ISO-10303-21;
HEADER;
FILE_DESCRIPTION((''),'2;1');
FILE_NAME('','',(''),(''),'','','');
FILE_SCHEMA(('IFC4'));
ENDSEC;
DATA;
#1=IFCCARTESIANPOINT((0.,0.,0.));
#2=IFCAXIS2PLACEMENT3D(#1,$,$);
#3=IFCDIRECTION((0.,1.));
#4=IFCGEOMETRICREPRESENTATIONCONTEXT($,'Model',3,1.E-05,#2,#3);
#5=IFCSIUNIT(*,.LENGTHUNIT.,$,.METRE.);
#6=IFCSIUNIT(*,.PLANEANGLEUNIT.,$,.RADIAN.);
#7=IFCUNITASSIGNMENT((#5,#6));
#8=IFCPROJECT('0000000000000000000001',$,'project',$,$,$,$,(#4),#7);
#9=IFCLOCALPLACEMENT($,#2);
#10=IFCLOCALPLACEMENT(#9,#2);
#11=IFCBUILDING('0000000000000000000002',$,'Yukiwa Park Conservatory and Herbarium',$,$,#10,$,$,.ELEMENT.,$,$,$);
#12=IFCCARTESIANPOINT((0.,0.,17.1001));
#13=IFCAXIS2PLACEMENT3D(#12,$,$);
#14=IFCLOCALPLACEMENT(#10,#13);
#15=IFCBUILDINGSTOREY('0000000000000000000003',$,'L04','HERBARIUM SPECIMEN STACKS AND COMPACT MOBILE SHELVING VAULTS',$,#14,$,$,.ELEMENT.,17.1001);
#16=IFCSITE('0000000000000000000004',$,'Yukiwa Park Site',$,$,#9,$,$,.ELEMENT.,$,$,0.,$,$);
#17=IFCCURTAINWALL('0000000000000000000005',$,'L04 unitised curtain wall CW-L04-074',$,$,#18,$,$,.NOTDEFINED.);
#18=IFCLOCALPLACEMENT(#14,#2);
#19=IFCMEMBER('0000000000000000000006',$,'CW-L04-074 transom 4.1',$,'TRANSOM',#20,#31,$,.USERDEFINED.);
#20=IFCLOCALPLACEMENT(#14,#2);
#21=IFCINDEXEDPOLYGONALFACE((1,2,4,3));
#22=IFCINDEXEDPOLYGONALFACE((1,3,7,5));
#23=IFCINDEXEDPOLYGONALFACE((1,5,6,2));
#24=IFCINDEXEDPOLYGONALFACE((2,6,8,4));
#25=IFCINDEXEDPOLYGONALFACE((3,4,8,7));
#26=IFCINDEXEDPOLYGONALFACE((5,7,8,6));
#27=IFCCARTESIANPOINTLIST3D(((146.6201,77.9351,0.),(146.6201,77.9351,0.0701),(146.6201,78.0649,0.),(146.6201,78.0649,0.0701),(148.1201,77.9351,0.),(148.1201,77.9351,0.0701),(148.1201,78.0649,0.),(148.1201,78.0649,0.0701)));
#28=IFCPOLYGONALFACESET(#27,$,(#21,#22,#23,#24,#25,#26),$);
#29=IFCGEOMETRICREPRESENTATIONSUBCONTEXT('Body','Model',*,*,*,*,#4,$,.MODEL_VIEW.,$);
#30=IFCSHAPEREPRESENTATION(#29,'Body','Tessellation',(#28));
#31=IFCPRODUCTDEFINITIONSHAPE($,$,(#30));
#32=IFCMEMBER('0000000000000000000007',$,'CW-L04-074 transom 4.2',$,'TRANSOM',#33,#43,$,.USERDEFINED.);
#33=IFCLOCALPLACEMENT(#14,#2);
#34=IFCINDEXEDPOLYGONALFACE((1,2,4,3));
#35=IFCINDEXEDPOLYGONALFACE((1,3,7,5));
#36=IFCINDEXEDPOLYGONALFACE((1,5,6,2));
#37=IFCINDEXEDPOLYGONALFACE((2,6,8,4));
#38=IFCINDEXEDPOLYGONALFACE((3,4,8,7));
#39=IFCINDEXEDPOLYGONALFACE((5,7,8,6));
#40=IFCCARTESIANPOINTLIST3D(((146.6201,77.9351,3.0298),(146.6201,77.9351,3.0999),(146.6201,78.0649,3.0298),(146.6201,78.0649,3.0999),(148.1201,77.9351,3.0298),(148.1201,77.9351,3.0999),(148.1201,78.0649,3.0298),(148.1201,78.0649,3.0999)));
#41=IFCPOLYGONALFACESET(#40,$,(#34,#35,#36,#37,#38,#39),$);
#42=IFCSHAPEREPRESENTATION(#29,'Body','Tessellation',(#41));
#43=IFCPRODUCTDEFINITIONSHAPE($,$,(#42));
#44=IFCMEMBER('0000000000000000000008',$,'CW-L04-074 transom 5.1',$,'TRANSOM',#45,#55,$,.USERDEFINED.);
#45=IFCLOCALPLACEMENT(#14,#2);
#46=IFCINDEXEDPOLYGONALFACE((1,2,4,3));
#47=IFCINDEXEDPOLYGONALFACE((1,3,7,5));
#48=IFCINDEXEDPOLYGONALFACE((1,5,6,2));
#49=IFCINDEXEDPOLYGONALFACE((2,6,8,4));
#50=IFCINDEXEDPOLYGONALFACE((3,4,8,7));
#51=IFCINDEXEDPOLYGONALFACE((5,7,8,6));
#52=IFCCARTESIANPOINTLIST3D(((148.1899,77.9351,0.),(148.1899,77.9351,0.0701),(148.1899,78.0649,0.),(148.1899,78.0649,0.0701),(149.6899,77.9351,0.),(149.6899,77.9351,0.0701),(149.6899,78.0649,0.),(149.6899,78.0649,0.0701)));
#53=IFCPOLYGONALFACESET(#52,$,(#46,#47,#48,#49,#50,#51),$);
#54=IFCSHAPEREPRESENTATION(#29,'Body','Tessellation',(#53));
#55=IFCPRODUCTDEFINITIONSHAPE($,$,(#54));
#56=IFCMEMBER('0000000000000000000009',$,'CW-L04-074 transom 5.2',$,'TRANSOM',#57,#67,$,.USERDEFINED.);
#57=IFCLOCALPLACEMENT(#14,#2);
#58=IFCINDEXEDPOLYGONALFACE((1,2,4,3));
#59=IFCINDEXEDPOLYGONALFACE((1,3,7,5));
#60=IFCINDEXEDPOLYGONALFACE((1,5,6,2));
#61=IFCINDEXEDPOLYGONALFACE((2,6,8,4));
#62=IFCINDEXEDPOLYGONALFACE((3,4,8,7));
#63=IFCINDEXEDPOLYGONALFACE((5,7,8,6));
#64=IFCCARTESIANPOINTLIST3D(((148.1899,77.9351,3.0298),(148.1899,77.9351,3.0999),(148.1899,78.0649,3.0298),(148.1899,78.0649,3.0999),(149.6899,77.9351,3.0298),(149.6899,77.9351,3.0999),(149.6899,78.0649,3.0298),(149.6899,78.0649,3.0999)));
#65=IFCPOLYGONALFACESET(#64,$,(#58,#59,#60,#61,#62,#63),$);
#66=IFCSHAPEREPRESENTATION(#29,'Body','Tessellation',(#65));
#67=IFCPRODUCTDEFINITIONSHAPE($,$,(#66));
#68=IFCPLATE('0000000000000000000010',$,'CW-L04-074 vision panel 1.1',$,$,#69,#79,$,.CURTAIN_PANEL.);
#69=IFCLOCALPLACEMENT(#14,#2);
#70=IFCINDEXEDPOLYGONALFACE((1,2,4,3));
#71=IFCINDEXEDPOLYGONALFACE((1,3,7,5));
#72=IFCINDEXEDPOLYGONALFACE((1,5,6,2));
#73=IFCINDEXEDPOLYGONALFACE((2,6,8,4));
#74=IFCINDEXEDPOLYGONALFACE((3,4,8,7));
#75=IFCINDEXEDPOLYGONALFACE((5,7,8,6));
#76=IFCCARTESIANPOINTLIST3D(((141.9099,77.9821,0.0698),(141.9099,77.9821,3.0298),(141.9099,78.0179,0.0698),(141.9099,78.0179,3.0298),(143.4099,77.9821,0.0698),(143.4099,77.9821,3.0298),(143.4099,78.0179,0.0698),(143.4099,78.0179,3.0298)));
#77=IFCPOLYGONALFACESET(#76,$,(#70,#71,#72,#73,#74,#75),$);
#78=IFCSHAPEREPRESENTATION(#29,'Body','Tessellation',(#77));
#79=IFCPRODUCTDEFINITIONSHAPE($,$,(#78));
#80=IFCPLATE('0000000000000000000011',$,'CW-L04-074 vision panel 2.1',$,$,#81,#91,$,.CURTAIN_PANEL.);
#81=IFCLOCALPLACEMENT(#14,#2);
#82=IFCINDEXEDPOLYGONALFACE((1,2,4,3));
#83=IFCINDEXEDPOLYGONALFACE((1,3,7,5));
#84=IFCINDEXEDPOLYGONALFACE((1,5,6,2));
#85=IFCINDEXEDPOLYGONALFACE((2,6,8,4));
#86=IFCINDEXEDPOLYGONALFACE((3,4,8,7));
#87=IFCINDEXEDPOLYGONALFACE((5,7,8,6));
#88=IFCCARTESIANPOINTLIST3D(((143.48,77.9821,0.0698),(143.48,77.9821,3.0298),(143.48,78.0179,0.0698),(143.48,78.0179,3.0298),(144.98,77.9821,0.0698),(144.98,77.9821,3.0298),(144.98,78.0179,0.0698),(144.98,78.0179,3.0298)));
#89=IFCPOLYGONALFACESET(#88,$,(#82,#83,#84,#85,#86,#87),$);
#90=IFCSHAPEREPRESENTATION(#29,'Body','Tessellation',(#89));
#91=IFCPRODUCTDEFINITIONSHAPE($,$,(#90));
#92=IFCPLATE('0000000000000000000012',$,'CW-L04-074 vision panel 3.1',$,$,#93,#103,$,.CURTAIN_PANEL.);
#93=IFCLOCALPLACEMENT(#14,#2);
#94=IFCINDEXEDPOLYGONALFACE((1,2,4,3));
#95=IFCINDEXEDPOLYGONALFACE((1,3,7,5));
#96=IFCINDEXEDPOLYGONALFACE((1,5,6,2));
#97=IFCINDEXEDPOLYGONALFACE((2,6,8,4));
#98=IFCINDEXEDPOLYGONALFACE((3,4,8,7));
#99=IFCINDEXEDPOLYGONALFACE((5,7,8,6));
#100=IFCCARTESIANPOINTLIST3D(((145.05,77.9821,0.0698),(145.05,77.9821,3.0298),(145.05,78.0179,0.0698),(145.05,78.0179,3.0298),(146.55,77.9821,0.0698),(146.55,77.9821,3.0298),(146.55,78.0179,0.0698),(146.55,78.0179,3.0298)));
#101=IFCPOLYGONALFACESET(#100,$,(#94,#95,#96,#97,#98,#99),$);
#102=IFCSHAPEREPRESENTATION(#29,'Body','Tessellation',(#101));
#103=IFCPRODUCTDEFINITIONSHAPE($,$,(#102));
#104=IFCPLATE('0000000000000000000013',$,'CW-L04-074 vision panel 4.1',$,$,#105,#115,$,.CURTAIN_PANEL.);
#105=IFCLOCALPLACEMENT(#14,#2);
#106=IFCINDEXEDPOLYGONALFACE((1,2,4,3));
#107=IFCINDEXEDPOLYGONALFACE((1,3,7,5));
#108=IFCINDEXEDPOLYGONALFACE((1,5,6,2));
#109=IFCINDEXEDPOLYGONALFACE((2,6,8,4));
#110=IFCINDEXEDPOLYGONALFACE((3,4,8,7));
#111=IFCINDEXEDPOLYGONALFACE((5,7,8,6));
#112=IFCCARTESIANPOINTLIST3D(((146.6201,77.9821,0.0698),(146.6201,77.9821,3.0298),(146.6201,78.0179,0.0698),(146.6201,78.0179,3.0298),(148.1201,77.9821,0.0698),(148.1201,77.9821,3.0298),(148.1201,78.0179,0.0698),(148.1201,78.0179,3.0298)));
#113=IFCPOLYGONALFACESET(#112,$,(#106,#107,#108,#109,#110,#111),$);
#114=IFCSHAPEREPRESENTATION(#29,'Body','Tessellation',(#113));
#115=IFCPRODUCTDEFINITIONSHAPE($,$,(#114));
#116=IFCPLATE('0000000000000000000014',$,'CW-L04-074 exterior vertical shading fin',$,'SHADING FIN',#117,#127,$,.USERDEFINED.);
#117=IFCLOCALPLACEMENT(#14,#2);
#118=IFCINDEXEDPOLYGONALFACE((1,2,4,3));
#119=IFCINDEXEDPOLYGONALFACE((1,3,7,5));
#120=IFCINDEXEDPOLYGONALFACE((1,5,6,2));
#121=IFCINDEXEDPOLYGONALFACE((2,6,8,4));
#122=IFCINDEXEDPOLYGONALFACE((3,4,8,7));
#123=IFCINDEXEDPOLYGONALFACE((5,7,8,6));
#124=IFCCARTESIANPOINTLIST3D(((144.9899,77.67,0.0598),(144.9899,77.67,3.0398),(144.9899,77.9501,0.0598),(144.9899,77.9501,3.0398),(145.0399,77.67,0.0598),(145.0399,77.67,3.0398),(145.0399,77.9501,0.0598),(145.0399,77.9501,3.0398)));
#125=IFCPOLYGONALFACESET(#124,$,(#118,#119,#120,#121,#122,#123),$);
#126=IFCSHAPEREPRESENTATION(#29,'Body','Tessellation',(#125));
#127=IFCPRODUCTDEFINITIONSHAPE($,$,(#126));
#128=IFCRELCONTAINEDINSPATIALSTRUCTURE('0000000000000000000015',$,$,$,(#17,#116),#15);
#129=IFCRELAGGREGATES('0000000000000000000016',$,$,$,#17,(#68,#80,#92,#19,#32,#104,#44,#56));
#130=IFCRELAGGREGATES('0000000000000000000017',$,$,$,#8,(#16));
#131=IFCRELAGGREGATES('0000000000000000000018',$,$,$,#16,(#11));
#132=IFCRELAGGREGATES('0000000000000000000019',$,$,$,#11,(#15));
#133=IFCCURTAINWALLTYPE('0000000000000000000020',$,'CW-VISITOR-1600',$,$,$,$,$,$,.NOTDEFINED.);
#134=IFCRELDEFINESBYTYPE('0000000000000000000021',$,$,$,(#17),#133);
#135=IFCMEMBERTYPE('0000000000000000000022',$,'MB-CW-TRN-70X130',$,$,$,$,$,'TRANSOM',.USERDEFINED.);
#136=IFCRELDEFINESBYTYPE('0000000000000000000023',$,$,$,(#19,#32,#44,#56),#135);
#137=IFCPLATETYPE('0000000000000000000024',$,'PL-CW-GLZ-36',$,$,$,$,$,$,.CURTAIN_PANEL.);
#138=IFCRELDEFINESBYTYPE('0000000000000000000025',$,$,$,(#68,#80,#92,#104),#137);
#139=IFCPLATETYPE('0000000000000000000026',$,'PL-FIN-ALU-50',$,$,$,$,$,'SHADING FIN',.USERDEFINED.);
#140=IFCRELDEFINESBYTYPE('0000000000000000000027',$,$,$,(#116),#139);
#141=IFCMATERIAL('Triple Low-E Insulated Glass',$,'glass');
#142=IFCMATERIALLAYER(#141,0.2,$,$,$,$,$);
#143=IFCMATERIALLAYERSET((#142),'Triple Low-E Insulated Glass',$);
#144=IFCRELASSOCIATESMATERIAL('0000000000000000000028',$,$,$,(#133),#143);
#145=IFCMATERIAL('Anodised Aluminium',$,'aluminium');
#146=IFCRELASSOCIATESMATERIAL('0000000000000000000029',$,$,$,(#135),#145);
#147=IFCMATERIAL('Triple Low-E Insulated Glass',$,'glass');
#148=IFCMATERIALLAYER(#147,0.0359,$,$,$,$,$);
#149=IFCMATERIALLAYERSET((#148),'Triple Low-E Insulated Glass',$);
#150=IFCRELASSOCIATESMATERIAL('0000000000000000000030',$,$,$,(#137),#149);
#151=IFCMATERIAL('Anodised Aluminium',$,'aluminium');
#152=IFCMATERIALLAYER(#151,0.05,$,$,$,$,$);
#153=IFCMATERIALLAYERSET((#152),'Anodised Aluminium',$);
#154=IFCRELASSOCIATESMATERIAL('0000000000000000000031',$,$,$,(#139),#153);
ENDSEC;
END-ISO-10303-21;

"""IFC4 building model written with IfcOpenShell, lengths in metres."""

from ifc_helpers import new_model, si_unit, direction, frame, origin, origin_2d, place, context, subcontext, project, spatial, rectangle, extrude, material, layer, layer_set, type_object, element, aggregate, save


model = new_model("IFC4")

# Units and contexts
model_context = context("Model", 3, precision=1e-05, world=origin(), true_north=direction((0.0, 1.0)))
body_context = subcontext(model_context, "Body", "Model", "MODEL_VIEW")
ifc_project = project(units=[si_unit("LENGTHUNIT", "METRE"), si_unit("PLANEANGLEUNIT", "RADIAN")], contexts=[model_context])

# Site, building, storey
site_placement = place(None, origin())
site = spatial("IfcSite", under=ifc_project, at=site_placement, Name="Yukiwa Park Site", CompositionType="ELEMENT", RefElevation=0.0)
building_placement = place(site_placement, origin())
building = spatial("IfcBuilding", under=site, at=building_placement, Name="Yukiwa Park Conservatory and Herbarium", CompositionType="ELEMENT")
storey_placement = place(building_placement, frame((0.0, 0.0, 17.1001)))
storey = spatial("IfcBuildingStorey", under=building, at=storey_placement, Name="L04", Description="HERBARIUM SPECIMEN STACKS AND COMPACT MOBILE SHELVING VAULTS", CompositionType="ELEMENT", Elevation=17.1001)

# Curtain wall, members, plates
ifc_material_1 = material(Name="Triple Low-E Insulated Glass", Category="glass")
ifc_layer_1 = layer(ifc_material_1, 0.2)
ifc_layer_set_1 = layer_set([ifc_layer_1], Name="Triple Low-E Insulated Glass")
curtain_wall_type = type_object("IfcCurtainWallType", Name="CW-VISITOR-1600", PredefinedType="NOTDEFINED", material=ifc_layer_set_1)
curtain_wall_placement = place(storey_placement, origin())
curtain_wall = element("IfcCurtainWall", 1, at=curtain_wall_placement, inside=storey, type_object=curtain_wall_type, Name="L04 unitised curtain wall CW-L04-074", PredefinedType="NOTDEFINED")
ifc_material_2 = material(Name="Anodised Aluminium", Category="aluminium")
member_type_1 = type_object("IfcMemberType", Name="MB-CW-TRN-70X130", ElementType="TRANSOM", PredefinedType="USERDEFINED", material=ifc_material_2)
member_1_placement = place(storey_placement, frame((147.3701, 78.0, 0.0), z_axis=(0.0, 0.0, 1.0), x_axis=(1.0, 0.0, 0.0)))
member_1 = element("IfcMember", 2, at=member_1_placement, type_object=member_type_1, Name="CW-L04-074 transom 4.1", ObjectType="TRANSOM", PredefinedType="USERDEFINED", context=body_context, shape_type="SweptSolid", body=[
    extrude(rectangle(XDim=1.5, YDim=0.1299, at=origin_2d()), origin(), (0.0, 0.0, 1.0), 0.0701),
])
member_2_placement = place(storey_placement, frame((147.3701, 78.0, 3.0298), z_axis=(0.0, 0.0, 1.0), x_axis=(1.0, 0.0, 0.0)))
member_2 = element("IfcMember", 3, at=member_2_placement, type_object=member_type_1, Name="CW-L04-074 transom 4.2", ObjectType="TRANSOM", PredefinedType="USERDEFINED", context=body_context, shape_type="SweptSolid", body=[
    extrude(rectangle(XDim=1.5, YDim=0.1299, at=origin_2d()), origin(), (0.0, 0.0, 1.0), 0.0701),
])
member_3_placement = place(storey_placement, frame((148.9399, 78.0, 0.0), z_axis=(0.0, 0.0, 1.0), x_axis=(1.0, 0.0, 0.0)))
member_3 = element("IfcMember", 4, at=member_3_placement, type_object=member_type_1, Name="CW-L04-074 transom 5.1", ObjectType="TRANSOM", PredefinedType="USERDEFINED", context=body_context, shape_type="SweptSolid", body=[
    extrude(rectangle(XDim=1.5, YDim=0.1299, at=origin_2d()), origin(), (0.0, 0.0, 1.0), 0.0701),
])
member_4_placement = place(storey_placement, frame((148.9399, 78.0, 3.0298), z_axis=(0.0, 0.0, 1.0), x_axis=(1.0, 0.0, 0.0)))
member_4 = element("IfcMember", 5, at=member_4_placement, type_object=member_type_1, Name="CW-L04-074 transom 5.2", ObjectType="TRANSOM", PredefinedType="USERDEFINED", context=body_context, shape_type="SweptSolid", body=[
    extrude(rectangle(XDim=1.5, YDim=0.1299, at=origin_2d()), origin(), (0.0, 0.0, 1.0), 0.0701),
])
ifc_material_3 = material(Name="Triple Low-E Insulated Glass", Category="glass")
ifc_layer_2 = layer(ifc_material_3, 0.0359)
ifc_layer_set_2 = layer_set([ifc_layer_2], Name="Triple Low-E Insulated Glass")
plate_type_1 = type_object("IfcPlateType", Name="PL-CW-GLZ-36", PredefinedType="CURTAIN_PANEL", material=ifc_layer_set_2)
plate_1_placement = place(storey_placement, frame((142.6599, 78.0, 0.0698), z_axis=(0.0, 0.0, 1.0), x_axis=(1.0, 0.0, 0.0)))
plate_1 = element("IfcPlate", 6, at=plate_1_placement, type_object=plate_type_1, Name="CW-L04-074 vision panel 1.1", PredefinedType="CURTAIN_PANEL", context=body_context, shape_type="SweptSolid", body=[
    extrude(rectangle(XDim=1.5, YDim=0.0359, at=origin_2d()), origin(), (0.0, 0.0, 1.0), 2.96),
])
plate_2_placement = place(storey_placement, frame((144.23, 78.0, 0.0698), z_axis=(0.0, 0.0, 1.0), x_axis=(1.0, 0.0, 0.0)))
plate_2 = element("IfcPlate", 7, at=plate_2_placement, type_object=plate_type_1, Name="CW-L04-074 vision panel 2.1", PredefinedType="CURTAIN_PANEL", context=body_context, shape_type="SweptSolid", body=[
    extrude(rectangle(XDim=1.5, YDim=0.0359, at=origin_2d()), origin(), (0.0, 0.0, 1.0), 2.96),
])
plate_3_placement = place(storey_placement, frame((145.8, 78.0, 0.0698), z_axis=(0.0, 0.0, 1.0), x_axis=(1.0, 0.0, 0.0)))
plate_3 = element("IfcPlate", 8, at=plate_3_placement, type_object=plate_type_1, Name="CW-L04-074 vision panel 3.1", PredefinedType="CURTAIN_PANEL", context=body_context, shape_type="SweptSolid", body=[
    extrude(rectangle(XDim=1.5, YDim=0.0359, at=origin_2d()), origin(), (0.0, 0.0, 1.0), 2.96),
])
plate_4_placement = place(storey_placement, frame((147.3701, 78.0, 0.0698), z_axis=(0.0, 0.0, 1.0), x_axis=(1.0, 0.0, 0.0)))
plate_4 = element("IfcPlate", 9, at=plate_4_placement, type_object=plate_type_1, Name="CW-L04-074 vision panel 4.1", PredefinedType="CURTAIN_PANEL", context=body_context, shape_type="SweptSolid", body=[
    extrude(rectangle(XDim=1.5, YDim=0.0359, at=origin_2d()), origin(), (0.0, 0.0, 1.0), 2.96),
])
aggregate(curtain_wall, [plate_1, plate_2, plate_3, member_1, member_2, plate_4, member_3, member_4])

# Plate
ifc_material_4 = material(Name="Anodised Aluminium", Category="aluminium")
ifc_layer_3 = layer(ifc_material_4, 0.05)
ifc_layer_set_3 = layer_set([ifc_layer_3], Name="Anodised Aluminium")
plate_type_2 = type_object("IfcPlateType", Name="PL-FIN-ALU-50", ElementType="SHADING FIN", PredefinedType="USERDEFINED", material=ifc_layer_set_3)
plate_5_placement = place(storey_placement, frame((145.0149, 77.8101, 0.0598), z_axis=(0.0, 0.0, 1.0), x_axis=(1.0, 0.0, 0.0)))
element("IfcPlate", 10, at=plate_5_placement, inside=storey, type_object=plate_type_2, Name="CW-L04-074 exterior vertical shading fin", ObjectType="SHADING FIN", PredefinedType="USERDEFINED", context=body_context, shape_type="SweptSolid", body=[
    extrude(rectangle(XDim=0.05, YDim=0.28, at=origin_2d()), origin(), (0.0, 0.0, 1.0), 2.98),
])

save(model, "model.ifc")
